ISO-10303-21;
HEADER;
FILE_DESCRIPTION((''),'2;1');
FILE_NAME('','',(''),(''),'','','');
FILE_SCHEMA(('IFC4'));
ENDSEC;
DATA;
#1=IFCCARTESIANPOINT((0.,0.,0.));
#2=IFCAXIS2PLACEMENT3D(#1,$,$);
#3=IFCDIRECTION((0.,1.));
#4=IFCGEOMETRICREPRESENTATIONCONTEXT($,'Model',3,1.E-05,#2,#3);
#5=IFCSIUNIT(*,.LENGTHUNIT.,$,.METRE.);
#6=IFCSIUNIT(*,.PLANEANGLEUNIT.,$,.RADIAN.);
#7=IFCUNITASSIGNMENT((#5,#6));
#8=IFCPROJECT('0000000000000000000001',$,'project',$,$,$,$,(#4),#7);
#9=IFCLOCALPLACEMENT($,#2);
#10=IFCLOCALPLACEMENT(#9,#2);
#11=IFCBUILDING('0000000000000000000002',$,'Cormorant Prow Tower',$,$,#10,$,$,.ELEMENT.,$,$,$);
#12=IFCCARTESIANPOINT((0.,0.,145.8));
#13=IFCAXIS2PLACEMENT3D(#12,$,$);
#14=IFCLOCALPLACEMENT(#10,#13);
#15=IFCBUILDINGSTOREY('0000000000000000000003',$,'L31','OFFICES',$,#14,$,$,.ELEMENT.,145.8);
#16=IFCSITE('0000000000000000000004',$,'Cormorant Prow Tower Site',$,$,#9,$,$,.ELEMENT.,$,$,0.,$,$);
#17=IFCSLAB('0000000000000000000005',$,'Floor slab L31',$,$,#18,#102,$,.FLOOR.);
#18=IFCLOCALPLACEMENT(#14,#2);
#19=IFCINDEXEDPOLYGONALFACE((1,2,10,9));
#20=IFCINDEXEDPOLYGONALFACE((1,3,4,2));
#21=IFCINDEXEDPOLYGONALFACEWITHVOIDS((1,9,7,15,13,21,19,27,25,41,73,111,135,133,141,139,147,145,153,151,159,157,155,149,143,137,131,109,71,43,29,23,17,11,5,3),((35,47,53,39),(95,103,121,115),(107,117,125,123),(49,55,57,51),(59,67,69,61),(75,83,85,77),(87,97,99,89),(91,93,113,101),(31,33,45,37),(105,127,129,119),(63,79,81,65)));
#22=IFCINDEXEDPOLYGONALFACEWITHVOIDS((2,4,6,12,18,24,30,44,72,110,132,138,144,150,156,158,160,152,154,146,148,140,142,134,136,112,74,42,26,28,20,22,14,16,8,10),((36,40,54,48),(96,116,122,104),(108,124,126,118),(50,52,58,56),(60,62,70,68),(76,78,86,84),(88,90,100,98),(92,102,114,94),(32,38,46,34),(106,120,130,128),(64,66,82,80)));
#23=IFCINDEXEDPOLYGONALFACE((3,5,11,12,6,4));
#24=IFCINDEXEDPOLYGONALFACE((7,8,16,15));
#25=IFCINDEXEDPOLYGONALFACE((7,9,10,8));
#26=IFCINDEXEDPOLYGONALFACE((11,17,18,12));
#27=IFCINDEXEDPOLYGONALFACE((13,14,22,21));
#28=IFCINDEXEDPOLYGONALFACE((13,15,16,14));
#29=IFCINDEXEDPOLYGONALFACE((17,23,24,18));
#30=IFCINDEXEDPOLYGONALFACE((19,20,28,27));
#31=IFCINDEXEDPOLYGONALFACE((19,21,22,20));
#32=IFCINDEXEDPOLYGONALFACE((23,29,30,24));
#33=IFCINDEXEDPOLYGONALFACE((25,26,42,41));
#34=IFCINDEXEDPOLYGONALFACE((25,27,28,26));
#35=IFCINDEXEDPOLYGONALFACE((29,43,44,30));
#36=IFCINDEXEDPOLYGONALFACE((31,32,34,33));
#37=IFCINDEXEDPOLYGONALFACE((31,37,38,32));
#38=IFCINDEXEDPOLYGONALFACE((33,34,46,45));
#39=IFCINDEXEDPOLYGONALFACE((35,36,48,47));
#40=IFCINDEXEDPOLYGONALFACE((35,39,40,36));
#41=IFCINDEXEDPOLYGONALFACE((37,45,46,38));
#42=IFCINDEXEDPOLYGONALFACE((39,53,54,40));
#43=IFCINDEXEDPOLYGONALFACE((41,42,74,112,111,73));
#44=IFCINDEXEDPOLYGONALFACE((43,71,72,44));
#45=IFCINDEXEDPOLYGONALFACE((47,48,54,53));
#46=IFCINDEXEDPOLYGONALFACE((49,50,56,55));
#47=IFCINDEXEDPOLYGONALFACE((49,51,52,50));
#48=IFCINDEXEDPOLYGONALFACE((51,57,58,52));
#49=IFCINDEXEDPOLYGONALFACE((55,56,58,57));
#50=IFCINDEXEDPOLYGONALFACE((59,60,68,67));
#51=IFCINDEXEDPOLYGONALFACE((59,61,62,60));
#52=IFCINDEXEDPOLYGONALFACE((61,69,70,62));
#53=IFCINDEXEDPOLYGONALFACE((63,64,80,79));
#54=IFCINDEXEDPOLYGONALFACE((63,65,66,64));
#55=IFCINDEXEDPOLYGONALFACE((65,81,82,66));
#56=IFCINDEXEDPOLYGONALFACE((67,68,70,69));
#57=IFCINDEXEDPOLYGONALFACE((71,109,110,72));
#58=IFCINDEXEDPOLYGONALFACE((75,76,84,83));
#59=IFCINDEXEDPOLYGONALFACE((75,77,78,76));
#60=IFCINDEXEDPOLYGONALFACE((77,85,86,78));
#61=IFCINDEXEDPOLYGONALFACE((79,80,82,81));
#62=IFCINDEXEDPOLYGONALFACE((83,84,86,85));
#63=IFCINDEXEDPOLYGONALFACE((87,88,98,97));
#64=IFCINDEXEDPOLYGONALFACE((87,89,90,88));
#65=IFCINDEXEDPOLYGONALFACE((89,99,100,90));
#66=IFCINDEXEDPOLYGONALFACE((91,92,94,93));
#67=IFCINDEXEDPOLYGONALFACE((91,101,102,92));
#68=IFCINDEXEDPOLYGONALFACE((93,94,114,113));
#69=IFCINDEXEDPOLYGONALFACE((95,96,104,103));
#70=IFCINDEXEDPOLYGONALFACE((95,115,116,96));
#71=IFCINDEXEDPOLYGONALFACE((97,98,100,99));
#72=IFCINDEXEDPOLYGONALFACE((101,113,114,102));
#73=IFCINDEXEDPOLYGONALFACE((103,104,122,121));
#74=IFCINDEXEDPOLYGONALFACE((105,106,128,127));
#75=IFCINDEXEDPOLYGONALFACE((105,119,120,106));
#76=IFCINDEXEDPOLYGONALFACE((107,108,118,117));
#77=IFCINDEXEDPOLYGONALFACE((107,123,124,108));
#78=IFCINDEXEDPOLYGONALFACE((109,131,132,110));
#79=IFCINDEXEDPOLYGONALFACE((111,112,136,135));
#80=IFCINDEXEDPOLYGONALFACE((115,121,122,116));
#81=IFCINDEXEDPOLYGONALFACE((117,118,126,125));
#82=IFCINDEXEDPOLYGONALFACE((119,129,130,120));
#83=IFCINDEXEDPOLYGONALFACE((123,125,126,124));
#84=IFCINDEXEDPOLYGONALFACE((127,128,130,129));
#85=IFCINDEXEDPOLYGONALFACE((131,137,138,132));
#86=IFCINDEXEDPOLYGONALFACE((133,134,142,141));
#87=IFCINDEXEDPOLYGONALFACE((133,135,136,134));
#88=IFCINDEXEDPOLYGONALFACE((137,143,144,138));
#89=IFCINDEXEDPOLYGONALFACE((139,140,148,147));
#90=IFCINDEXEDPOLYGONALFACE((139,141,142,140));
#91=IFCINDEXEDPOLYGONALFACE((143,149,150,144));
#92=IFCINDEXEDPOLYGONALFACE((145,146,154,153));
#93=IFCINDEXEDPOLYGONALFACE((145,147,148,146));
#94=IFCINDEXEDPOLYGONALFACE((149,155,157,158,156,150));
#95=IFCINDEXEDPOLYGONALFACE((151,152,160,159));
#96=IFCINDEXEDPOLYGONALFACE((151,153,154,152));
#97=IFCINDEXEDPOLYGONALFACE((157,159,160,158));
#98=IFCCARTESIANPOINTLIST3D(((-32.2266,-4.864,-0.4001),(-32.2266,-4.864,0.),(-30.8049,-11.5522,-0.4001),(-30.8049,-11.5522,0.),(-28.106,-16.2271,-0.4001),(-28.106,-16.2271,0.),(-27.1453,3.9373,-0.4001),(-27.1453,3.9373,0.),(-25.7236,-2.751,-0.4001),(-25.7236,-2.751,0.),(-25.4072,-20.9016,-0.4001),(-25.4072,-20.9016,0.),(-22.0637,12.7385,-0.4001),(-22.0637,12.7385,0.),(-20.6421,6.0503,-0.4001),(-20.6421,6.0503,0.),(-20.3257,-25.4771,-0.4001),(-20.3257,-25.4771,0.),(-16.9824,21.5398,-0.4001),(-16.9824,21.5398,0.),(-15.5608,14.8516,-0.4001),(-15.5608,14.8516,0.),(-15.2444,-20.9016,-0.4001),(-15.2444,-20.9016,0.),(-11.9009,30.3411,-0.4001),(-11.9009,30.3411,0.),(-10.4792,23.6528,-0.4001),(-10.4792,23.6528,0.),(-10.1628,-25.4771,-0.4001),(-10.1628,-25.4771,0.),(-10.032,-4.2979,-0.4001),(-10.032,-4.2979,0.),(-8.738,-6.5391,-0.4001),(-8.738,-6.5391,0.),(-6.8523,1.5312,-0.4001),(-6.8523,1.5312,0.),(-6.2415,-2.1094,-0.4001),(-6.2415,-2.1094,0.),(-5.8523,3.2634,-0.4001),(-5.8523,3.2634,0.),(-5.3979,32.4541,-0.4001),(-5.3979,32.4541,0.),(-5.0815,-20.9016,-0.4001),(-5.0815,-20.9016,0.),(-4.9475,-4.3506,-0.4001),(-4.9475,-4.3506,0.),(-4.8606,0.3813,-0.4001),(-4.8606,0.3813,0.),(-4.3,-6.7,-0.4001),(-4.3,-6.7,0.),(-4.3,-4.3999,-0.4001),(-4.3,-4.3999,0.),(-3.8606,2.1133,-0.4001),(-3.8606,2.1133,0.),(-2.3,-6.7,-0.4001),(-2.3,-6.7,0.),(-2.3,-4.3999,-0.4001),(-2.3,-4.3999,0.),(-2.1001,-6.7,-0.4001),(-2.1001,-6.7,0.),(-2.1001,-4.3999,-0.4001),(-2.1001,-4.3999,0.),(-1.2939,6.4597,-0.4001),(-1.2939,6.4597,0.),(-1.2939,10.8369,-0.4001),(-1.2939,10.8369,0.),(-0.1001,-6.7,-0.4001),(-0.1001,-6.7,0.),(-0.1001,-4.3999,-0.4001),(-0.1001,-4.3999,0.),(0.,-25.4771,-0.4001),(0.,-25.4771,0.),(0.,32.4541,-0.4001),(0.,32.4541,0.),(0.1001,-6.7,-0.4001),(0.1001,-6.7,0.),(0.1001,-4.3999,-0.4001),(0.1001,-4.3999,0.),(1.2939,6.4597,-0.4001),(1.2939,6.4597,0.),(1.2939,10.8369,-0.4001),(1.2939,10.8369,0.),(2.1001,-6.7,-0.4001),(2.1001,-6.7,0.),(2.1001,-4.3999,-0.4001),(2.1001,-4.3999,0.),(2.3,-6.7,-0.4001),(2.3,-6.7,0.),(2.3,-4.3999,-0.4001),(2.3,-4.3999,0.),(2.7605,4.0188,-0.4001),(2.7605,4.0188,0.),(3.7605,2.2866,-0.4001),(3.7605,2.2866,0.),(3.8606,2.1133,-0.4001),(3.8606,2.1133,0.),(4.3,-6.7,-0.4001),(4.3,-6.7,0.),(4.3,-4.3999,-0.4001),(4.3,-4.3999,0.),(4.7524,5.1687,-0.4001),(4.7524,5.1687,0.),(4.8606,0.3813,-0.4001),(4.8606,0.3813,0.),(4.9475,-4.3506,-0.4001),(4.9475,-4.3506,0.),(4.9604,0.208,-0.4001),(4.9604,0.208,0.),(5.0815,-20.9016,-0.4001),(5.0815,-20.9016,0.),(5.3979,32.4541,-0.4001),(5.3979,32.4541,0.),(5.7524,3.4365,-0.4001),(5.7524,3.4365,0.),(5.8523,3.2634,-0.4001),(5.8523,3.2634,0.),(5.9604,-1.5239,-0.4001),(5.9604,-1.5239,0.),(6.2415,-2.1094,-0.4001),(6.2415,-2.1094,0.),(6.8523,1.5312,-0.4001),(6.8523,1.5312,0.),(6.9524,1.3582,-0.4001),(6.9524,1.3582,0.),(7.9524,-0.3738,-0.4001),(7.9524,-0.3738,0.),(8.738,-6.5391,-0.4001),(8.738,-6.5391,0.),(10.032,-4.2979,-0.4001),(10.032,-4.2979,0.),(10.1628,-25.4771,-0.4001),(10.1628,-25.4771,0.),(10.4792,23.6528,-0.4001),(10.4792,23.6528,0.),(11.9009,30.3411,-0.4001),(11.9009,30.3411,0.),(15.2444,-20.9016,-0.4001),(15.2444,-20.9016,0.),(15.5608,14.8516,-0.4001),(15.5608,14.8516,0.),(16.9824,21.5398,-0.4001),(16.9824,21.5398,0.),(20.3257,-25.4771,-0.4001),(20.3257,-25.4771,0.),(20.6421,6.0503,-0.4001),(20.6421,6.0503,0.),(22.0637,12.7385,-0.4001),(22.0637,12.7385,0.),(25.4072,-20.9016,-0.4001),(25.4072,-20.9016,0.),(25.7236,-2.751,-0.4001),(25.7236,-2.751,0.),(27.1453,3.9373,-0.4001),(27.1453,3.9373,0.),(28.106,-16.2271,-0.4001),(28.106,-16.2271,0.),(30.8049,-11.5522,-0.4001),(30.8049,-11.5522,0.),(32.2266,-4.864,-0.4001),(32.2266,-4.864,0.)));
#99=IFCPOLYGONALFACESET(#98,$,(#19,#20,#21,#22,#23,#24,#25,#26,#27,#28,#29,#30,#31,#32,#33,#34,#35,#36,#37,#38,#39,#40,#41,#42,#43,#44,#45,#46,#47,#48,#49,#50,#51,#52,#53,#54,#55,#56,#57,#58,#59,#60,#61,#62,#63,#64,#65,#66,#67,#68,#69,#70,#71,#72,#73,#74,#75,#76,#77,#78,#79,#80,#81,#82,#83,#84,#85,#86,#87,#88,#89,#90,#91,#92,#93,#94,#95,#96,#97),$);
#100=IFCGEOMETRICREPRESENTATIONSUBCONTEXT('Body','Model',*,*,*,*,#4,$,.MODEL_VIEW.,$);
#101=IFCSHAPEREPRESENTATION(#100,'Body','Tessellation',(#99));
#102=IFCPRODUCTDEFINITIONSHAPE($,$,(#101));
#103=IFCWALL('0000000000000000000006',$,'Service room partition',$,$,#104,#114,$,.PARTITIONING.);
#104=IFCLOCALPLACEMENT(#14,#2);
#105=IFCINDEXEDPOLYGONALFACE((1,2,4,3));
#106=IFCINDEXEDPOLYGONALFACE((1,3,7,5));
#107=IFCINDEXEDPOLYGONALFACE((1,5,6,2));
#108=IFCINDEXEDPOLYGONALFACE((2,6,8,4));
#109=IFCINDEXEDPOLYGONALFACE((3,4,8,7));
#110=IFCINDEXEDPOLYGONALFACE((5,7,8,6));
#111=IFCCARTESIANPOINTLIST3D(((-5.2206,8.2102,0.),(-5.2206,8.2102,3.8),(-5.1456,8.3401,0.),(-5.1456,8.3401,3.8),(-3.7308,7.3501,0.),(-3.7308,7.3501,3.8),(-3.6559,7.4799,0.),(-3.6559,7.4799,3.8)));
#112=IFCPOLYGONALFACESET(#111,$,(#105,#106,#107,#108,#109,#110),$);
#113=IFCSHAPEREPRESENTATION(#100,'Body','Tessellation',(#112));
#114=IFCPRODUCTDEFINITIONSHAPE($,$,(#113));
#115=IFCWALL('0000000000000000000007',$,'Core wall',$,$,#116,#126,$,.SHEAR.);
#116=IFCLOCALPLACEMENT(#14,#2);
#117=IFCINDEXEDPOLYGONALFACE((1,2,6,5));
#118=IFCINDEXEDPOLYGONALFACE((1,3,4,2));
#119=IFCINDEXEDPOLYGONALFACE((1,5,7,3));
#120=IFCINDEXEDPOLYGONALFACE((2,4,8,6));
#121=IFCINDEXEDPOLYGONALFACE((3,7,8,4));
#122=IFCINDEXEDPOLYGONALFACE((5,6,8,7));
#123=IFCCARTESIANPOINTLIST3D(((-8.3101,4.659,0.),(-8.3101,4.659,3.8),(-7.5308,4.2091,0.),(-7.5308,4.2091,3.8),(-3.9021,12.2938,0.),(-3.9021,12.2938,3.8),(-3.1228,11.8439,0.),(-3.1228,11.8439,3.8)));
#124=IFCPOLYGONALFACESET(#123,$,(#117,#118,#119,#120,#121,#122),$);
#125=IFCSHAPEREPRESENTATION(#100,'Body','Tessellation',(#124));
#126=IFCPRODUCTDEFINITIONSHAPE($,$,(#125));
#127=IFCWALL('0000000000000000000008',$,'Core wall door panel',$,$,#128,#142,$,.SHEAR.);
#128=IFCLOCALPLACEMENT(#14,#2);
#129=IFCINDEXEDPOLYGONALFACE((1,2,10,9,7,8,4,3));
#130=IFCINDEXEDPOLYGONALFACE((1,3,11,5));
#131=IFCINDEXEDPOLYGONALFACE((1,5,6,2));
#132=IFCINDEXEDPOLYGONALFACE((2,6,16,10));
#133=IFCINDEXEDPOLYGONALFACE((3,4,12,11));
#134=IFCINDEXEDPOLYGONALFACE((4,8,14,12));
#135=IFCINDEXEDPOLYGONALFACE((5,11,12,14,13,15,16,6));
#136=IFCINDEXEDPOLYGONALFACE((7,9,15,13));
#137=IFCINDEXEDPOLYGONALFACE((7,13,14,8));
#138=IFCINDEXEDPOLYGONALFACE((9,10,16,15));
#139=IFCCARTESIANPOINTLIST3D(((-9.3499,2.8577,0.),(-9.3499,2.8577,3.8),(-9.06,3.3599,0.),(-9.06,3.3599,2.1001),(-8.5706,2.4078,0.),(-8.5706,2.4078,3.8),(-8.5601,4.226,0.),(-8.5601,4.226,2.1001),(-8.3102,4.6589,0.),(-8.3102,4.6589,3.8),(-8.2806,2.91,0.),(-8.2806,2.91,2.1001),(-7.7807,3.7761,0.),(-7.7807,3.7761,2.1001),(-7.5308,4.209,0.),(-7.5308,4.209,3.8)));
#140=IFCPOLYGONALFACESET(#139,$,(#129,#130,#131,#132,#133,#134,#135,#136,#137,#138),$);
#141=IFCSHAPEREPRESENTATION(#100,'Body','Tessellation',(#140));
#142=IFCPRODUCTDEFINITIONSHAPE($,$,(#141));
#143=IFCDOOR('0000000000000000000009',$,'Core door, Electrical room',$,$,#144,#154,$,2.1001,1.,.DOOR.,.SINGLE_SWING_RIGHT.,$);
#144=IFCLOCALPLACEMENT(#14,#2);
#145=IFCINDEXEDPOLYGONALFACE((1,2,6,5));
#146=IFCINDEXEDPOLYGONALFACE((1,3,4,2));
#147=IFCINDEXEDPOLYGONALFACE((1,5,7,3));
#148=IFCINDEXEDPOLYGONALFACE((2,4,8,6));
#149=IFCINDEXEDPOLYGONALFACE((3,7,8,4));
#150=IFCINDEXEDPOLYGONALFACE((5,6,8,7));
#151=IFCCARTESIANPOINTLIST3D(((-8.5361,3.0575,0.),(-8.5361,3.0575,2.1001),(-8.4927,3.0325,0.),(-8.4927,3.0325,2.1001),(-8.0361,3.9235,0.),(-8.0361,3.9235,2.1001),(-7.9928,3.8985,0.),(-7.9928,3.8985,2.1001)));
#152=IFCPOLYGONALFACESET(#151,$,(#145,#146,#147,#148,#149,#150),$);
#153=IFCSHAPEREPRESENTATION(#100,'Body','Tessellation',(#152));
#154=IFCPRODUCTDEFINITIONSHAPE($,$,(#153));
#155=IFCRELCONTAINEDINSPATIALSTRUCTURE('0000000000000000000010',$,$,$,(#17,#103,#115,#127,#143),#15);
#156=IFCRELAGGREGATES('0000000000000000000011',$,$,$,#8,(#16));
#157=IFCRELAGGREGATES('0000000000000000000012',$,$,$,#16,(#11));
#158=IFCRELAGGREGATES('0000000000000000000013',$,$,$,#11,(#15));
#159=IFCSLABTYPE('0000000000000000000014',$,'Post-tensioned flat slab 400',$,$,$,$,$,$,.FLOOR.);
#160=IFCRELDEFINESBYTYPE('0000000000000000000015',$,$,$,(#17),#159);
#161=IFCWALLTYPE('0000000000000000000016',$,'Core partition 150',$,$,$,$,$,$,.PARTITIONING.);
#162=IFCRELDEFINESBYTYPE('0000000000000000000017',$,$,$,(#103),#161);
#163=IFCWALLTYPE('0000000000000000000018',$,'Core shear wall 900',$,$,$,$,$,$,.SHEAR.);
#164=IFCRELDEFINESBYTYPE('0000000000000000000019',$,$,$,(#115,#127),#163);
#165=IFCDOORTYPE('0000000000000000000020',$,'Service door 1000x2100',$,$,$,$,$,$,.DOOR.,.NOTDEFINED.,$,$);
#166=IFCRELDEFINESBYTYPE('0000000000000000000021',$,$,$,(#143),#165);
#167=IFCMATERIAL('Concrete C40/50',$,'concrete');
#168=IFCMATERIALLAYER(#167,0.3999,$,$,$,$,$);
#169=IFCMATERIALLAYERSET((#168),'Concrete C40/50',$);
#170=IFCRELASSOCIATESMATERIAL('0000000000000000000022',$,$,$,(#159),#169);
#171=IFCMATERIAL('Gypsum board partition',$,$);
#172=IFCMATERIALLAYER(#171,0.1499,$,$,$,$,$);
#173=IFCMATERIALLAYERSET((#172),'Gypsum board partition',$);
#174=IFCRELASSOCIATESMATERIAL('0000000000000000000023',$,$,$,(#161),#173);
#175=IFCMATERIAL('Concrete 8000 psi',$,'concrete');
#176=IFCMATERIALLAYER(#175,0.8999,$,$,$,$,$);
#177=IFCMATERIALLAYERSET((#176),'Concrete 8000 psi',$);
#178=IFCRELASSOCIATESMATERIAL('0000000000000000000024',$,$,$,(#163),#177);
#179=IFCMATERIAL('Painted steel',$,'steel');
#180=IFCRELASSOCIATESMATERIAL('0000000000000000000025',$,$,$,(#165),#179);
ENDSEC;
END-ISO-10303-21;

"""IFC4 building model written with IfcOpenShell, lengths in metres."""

from ifc_helpers import new_model, si_unit, direction, frame, frame_2d, origin, place, context, subcontext, project, spatial, polyline, rectangle, outline, extrude, material, layer, layer_set, type_object, element, fill, save


model = new_model("IFC4")

# Units and contexts
model_context = context("Model", 3, precision=1e-05, world=origin(), true_north=direction((0.0, 1.0)))
body_context = subcontext(model_context, "Body", "Model", "MODEL_VIEW")
ifc_project = project(units=[si_unit("LENGTHUNIT", "METRE"), si_unit("PLANEANGLEUNIT", "RADIAN")], contexts=[model_context])

# Site, building, storey
site_placement = place(None, origin())
site = spatial("IfcSite", under=ifc_project, at=site_placement, Name="Cormorant Prow Tower Site", CompositionType="ELEMENT", RefElevation=0.0)
building_placement = place(site_placement, origin())
building = spatial("IfcBuilding", under=site, at=building_placement, Name="Cormorant Prow Tower", CompositionType="ELEMENT")
storey_placement = place(building_placement, frame((0.0, 0.0, 145.8)))
storey = spatial("IfcBuildingStorey", under=building, at=storey_placement, Name="L31", Description="OFFICES", CompositionType="ELEMENT", Elevation=145.8)

# Slab
ifc_material_1 = material(Name="Concrete C40/50", Category="concrete")
ifc_layer_1 = layer(ifc_material_1, 0.3999)
ifc_layer_set_1 = layer_set([ifc_layer_1], Name="Concrete C40/50")
slab_type_1 = type_object("IfcSlabType", Name="Post-tensioned flat slab 400", PredefinedType="FLOOR", material=ifc_layer_set_1)
slab_1_placement = place(storey_placement, frame((0.0, 0.0, -0.4001)))
element("IfcSlab", 1, at=slab_1_placement, inside=storey, type_object=slab_type_1, Name="Floor slab L31", PredefinedType="FLOOR", context=body_context, shape_type="SweptSolid", body=[
    extrude(outline(polyline([(-11.9009, 30.3411), (-10.4792, 23.6528), (-16.9824, 21.5398), (-15.5608, 14.8516), (-22.0637, 12.7385), (-20.6421, 6.0503), (-27.1453, 3.9373), (-25.7236, -2.751), (-32.2266, -4.864), (-30.8049, -11.5522), (-28.106, -16.2271), (-25.4072, -20.9016), (-20.3257, -25.4771), (-15.2444, -20.9016), (-10.1628, -25.4771), (-5.0815, -20.9016), (0.0, -25.4771), (5.0815, -20.9016), (10.1628, -25.4771), (15.2444, -20.9016), (20.3257, -25.4771), (25.4072, -20.9016), (28.106, -16.2271), (30.8049, -11.5522), (32.2266, -4.864), (25.7236, -2.751), (27.1453, 3.9373), (20.6421, 6.0503), (22.0637, 12.7385), (15.5608, 14.8516), (16.9824, 21.5398), (10.4792, 23.6528), (11.9009, 30.3411), (5.3979, 32.4541), (0.0, 32.4541), (-5.3979, 32.4541), (-11.9009, 30.3411)]), holes=[polyline([(-4.3, -6.7), (-4.3, -4.3999), (-2.3, -4.3999), (-2.3, -6.7), (-4.3, -6.7)]), polyline([(-2.1001, -4.3999), (-0.1001, -4.3999), (-0.1001, -6.7), (-2.1001, -6.7), (-2.1001, -4.3999)]), polyline([(2.1001, -4.3999), (2.1001, -6.7), (0.1001, -6.7), (0.1001, -4.3999), (2.1001, -4.3999)]), polyline([(4.3, -6.7), (2.3, -6.7), (2.3, -4.3999), (4.3, -4.3999), (4.3, -6.7)]), polyline([(7.9524, -0.3738), (5.9604, -1.5239), (4.9604, 0.208), (6.9524, 1.3582), (7.9524, -0.3738)]), polyline([(4.8606, 0.3813), (3.8606, 2.1133), (5.8523, 3.2634), (6.8523, 1.5312), (4.8606, 0.3813)]), polyline([(2.7605, 4.0188), (4.7524, 5.1687), (5.7524, 3.4365), (3.7605, 2.2866), (2.7605, 4.0188)]), polyline([(-6.8523, 1.5312), (-5.8523, 3.2634), (-3.8606, 2.1133), (-4.8606, 0.3813), (-6.8523, 1.5312)]), polyline([(-4.9475, -4.3506), (-8.738, -6.5391), (-10.032, -4.2979), (-6.2415, -2.1094), (-4.9475, -4.3506)]), polyline([(10.032, -4.2979), (8.738, -6.5391), (4.9475, -4.3506), (6.2415, -2.1094), (10.032, -4.2979)]), polyline([(1.2939, 10.8369), (1.2939, 6.4597), (-1.2939, 6.4597), (-1.2939, 10.8369), (1.2939, 10.8369)])]), origin(), (0.0, 0.0, 1.0), 0.4001),
])

# Walls
ifc_material_2 = material(Name="Gypsum board partition")
ifc_layer_2 = layer(ifc_material_2, 0.1499)
ifc_layer_set_2 = layer_set([ifc_layer_2], Name="Gypsum board partition")
wall_type_1 = type_object("IfcWallType", Name="Core partition 150", PredefinedType="PARTITIONING", material=ifc_layer_set_2)
wall_1_placement = place(storey_placement, frame((-3.6934, 7.415, 0.0), z_axis=(0.0, 0.0, 1.0), x_axis=(-0.866025, 0.500001, 0.0)))
element("IfcWall", 2, at=wall_1_placement, inside=storey, type_object=wall_type_1, Name="Service room partition", PredefinedType="PARTITIONING", context=body_context, shape_type="SweptSolid", body=[
    extrude(rectangle(XDim=1.7202, YDim=0.1499, at=frame_2d((0.8601, 0.0))), origin(), (0.0, 0.0, 1.0), 3.8),
])
ifc_material_3 = material(Name="Concrete 8000 psi", Category="concrete")
ifc_layer_3 = layer(ifc_material_3, 0.8999)
ifc_layer_set_3 = layer_set([ifc_layer_3], Name="Concrete 8000 psi")
wall_type_2 = type_object("IfcWallType", Name="Core shear wall 900", PredefinedType="SHEAR", material=ifc_layer_set_3)
wall_2_placement = place(storey_placement, frame((-3.5125, 12.0688, 0.0), z_axis=(0.0, 0.0, 1.0), x_axis=(-0.500002, -0.866024, 0.0)))
element("IfcWall", 3, at=wall_2_placement, inside=storey, type_object=wall_type_2, Name="Core wall", PredefinedType="SHEAR", context=body_context, shape_type="SweptSolid", body=[
    extrude(rectangle(XDim=8.8159, YDim=0.8999, at=frame_2d((4.408, 0.0))), origin(), (0.0, 0.0, 1.0), 3.8),
])

# Wall, opening, door
wall_3_placement = place(storey_placement, frame((-7.9204, 4.4341, 0.0), z_axis=(0.0, 0.0, 1.0), x_axis=(-0.499939, -0.86606, 0.0)))
wall_3 = element("IfcWall", 4, at=wall_3_placement, inside=storey, type_object=wall_type_2, Name="Core wall door panel", PredefinedType="SHEAR", context=body_context, shape_type="SweptSolid", body=[
    extrude(rectangle(XDim=2.0798, YDim=0.8999, at=frame_2d((1.04, 0.0))), origin(), (0.0, 0.0, 1.0), 3.8),
])
opening_1_placement = place(wall_3_placement, frame((0.5, 0.0, 0.0)))
opening_1 = element("IfcOpeningElement", 5, at=opening_1_placement, cuts=wall_3, PredefinedType="OPENING", context=body_context, shape_type="SweptSolid", body=[
    extrude(rectangle(XDim=1.0, YDim=2.1001, at=frame_2d((0.5, 1.05))), frame((0.0, 0.46, 0.0), z_axis=(0.0, -1.0, 0.0), x_axis=(1.0, 0.0, 0.0)), (0.0, 0.0, 1.0), 0.9199),
])
ifc_material_4 = material(Name="Painted steel", Category="steel")
door_type_1 = type_object("IfcDoorType", Name="Service door 1000x2100", OperationType="NOTDEFINED", PredefinedType="DOOR", material=ifc_material_4)
door_1_placement = place(opening_1_placement, origin())
door_1 = element("IfcDoor", 6, at=door_1_placement, inside=storey, type_object=door_type_1, Name="Core door, Electrical room", OperationType="SINGLE_SWING_RIGHT", OverallHeight=2.1001, OverallWidth=1.0, PredefinedType="DOOR", context=body_context, shape_type="SweptSolid", body=[
    extrude(rectangle(XDim=1.0, YDim=2.1001, at=frame_2d((0.5, 1.05))), frame((0.0, 0.2051, 0.0), z_axis=(0.0, -1.0, 0.0), x_axis=(1.0, 0.0, 0.0)), (0.0, 0.0, 1.0), 0.05),
])
fill(opening_1, door_1)

save(model, "model.ifc")
